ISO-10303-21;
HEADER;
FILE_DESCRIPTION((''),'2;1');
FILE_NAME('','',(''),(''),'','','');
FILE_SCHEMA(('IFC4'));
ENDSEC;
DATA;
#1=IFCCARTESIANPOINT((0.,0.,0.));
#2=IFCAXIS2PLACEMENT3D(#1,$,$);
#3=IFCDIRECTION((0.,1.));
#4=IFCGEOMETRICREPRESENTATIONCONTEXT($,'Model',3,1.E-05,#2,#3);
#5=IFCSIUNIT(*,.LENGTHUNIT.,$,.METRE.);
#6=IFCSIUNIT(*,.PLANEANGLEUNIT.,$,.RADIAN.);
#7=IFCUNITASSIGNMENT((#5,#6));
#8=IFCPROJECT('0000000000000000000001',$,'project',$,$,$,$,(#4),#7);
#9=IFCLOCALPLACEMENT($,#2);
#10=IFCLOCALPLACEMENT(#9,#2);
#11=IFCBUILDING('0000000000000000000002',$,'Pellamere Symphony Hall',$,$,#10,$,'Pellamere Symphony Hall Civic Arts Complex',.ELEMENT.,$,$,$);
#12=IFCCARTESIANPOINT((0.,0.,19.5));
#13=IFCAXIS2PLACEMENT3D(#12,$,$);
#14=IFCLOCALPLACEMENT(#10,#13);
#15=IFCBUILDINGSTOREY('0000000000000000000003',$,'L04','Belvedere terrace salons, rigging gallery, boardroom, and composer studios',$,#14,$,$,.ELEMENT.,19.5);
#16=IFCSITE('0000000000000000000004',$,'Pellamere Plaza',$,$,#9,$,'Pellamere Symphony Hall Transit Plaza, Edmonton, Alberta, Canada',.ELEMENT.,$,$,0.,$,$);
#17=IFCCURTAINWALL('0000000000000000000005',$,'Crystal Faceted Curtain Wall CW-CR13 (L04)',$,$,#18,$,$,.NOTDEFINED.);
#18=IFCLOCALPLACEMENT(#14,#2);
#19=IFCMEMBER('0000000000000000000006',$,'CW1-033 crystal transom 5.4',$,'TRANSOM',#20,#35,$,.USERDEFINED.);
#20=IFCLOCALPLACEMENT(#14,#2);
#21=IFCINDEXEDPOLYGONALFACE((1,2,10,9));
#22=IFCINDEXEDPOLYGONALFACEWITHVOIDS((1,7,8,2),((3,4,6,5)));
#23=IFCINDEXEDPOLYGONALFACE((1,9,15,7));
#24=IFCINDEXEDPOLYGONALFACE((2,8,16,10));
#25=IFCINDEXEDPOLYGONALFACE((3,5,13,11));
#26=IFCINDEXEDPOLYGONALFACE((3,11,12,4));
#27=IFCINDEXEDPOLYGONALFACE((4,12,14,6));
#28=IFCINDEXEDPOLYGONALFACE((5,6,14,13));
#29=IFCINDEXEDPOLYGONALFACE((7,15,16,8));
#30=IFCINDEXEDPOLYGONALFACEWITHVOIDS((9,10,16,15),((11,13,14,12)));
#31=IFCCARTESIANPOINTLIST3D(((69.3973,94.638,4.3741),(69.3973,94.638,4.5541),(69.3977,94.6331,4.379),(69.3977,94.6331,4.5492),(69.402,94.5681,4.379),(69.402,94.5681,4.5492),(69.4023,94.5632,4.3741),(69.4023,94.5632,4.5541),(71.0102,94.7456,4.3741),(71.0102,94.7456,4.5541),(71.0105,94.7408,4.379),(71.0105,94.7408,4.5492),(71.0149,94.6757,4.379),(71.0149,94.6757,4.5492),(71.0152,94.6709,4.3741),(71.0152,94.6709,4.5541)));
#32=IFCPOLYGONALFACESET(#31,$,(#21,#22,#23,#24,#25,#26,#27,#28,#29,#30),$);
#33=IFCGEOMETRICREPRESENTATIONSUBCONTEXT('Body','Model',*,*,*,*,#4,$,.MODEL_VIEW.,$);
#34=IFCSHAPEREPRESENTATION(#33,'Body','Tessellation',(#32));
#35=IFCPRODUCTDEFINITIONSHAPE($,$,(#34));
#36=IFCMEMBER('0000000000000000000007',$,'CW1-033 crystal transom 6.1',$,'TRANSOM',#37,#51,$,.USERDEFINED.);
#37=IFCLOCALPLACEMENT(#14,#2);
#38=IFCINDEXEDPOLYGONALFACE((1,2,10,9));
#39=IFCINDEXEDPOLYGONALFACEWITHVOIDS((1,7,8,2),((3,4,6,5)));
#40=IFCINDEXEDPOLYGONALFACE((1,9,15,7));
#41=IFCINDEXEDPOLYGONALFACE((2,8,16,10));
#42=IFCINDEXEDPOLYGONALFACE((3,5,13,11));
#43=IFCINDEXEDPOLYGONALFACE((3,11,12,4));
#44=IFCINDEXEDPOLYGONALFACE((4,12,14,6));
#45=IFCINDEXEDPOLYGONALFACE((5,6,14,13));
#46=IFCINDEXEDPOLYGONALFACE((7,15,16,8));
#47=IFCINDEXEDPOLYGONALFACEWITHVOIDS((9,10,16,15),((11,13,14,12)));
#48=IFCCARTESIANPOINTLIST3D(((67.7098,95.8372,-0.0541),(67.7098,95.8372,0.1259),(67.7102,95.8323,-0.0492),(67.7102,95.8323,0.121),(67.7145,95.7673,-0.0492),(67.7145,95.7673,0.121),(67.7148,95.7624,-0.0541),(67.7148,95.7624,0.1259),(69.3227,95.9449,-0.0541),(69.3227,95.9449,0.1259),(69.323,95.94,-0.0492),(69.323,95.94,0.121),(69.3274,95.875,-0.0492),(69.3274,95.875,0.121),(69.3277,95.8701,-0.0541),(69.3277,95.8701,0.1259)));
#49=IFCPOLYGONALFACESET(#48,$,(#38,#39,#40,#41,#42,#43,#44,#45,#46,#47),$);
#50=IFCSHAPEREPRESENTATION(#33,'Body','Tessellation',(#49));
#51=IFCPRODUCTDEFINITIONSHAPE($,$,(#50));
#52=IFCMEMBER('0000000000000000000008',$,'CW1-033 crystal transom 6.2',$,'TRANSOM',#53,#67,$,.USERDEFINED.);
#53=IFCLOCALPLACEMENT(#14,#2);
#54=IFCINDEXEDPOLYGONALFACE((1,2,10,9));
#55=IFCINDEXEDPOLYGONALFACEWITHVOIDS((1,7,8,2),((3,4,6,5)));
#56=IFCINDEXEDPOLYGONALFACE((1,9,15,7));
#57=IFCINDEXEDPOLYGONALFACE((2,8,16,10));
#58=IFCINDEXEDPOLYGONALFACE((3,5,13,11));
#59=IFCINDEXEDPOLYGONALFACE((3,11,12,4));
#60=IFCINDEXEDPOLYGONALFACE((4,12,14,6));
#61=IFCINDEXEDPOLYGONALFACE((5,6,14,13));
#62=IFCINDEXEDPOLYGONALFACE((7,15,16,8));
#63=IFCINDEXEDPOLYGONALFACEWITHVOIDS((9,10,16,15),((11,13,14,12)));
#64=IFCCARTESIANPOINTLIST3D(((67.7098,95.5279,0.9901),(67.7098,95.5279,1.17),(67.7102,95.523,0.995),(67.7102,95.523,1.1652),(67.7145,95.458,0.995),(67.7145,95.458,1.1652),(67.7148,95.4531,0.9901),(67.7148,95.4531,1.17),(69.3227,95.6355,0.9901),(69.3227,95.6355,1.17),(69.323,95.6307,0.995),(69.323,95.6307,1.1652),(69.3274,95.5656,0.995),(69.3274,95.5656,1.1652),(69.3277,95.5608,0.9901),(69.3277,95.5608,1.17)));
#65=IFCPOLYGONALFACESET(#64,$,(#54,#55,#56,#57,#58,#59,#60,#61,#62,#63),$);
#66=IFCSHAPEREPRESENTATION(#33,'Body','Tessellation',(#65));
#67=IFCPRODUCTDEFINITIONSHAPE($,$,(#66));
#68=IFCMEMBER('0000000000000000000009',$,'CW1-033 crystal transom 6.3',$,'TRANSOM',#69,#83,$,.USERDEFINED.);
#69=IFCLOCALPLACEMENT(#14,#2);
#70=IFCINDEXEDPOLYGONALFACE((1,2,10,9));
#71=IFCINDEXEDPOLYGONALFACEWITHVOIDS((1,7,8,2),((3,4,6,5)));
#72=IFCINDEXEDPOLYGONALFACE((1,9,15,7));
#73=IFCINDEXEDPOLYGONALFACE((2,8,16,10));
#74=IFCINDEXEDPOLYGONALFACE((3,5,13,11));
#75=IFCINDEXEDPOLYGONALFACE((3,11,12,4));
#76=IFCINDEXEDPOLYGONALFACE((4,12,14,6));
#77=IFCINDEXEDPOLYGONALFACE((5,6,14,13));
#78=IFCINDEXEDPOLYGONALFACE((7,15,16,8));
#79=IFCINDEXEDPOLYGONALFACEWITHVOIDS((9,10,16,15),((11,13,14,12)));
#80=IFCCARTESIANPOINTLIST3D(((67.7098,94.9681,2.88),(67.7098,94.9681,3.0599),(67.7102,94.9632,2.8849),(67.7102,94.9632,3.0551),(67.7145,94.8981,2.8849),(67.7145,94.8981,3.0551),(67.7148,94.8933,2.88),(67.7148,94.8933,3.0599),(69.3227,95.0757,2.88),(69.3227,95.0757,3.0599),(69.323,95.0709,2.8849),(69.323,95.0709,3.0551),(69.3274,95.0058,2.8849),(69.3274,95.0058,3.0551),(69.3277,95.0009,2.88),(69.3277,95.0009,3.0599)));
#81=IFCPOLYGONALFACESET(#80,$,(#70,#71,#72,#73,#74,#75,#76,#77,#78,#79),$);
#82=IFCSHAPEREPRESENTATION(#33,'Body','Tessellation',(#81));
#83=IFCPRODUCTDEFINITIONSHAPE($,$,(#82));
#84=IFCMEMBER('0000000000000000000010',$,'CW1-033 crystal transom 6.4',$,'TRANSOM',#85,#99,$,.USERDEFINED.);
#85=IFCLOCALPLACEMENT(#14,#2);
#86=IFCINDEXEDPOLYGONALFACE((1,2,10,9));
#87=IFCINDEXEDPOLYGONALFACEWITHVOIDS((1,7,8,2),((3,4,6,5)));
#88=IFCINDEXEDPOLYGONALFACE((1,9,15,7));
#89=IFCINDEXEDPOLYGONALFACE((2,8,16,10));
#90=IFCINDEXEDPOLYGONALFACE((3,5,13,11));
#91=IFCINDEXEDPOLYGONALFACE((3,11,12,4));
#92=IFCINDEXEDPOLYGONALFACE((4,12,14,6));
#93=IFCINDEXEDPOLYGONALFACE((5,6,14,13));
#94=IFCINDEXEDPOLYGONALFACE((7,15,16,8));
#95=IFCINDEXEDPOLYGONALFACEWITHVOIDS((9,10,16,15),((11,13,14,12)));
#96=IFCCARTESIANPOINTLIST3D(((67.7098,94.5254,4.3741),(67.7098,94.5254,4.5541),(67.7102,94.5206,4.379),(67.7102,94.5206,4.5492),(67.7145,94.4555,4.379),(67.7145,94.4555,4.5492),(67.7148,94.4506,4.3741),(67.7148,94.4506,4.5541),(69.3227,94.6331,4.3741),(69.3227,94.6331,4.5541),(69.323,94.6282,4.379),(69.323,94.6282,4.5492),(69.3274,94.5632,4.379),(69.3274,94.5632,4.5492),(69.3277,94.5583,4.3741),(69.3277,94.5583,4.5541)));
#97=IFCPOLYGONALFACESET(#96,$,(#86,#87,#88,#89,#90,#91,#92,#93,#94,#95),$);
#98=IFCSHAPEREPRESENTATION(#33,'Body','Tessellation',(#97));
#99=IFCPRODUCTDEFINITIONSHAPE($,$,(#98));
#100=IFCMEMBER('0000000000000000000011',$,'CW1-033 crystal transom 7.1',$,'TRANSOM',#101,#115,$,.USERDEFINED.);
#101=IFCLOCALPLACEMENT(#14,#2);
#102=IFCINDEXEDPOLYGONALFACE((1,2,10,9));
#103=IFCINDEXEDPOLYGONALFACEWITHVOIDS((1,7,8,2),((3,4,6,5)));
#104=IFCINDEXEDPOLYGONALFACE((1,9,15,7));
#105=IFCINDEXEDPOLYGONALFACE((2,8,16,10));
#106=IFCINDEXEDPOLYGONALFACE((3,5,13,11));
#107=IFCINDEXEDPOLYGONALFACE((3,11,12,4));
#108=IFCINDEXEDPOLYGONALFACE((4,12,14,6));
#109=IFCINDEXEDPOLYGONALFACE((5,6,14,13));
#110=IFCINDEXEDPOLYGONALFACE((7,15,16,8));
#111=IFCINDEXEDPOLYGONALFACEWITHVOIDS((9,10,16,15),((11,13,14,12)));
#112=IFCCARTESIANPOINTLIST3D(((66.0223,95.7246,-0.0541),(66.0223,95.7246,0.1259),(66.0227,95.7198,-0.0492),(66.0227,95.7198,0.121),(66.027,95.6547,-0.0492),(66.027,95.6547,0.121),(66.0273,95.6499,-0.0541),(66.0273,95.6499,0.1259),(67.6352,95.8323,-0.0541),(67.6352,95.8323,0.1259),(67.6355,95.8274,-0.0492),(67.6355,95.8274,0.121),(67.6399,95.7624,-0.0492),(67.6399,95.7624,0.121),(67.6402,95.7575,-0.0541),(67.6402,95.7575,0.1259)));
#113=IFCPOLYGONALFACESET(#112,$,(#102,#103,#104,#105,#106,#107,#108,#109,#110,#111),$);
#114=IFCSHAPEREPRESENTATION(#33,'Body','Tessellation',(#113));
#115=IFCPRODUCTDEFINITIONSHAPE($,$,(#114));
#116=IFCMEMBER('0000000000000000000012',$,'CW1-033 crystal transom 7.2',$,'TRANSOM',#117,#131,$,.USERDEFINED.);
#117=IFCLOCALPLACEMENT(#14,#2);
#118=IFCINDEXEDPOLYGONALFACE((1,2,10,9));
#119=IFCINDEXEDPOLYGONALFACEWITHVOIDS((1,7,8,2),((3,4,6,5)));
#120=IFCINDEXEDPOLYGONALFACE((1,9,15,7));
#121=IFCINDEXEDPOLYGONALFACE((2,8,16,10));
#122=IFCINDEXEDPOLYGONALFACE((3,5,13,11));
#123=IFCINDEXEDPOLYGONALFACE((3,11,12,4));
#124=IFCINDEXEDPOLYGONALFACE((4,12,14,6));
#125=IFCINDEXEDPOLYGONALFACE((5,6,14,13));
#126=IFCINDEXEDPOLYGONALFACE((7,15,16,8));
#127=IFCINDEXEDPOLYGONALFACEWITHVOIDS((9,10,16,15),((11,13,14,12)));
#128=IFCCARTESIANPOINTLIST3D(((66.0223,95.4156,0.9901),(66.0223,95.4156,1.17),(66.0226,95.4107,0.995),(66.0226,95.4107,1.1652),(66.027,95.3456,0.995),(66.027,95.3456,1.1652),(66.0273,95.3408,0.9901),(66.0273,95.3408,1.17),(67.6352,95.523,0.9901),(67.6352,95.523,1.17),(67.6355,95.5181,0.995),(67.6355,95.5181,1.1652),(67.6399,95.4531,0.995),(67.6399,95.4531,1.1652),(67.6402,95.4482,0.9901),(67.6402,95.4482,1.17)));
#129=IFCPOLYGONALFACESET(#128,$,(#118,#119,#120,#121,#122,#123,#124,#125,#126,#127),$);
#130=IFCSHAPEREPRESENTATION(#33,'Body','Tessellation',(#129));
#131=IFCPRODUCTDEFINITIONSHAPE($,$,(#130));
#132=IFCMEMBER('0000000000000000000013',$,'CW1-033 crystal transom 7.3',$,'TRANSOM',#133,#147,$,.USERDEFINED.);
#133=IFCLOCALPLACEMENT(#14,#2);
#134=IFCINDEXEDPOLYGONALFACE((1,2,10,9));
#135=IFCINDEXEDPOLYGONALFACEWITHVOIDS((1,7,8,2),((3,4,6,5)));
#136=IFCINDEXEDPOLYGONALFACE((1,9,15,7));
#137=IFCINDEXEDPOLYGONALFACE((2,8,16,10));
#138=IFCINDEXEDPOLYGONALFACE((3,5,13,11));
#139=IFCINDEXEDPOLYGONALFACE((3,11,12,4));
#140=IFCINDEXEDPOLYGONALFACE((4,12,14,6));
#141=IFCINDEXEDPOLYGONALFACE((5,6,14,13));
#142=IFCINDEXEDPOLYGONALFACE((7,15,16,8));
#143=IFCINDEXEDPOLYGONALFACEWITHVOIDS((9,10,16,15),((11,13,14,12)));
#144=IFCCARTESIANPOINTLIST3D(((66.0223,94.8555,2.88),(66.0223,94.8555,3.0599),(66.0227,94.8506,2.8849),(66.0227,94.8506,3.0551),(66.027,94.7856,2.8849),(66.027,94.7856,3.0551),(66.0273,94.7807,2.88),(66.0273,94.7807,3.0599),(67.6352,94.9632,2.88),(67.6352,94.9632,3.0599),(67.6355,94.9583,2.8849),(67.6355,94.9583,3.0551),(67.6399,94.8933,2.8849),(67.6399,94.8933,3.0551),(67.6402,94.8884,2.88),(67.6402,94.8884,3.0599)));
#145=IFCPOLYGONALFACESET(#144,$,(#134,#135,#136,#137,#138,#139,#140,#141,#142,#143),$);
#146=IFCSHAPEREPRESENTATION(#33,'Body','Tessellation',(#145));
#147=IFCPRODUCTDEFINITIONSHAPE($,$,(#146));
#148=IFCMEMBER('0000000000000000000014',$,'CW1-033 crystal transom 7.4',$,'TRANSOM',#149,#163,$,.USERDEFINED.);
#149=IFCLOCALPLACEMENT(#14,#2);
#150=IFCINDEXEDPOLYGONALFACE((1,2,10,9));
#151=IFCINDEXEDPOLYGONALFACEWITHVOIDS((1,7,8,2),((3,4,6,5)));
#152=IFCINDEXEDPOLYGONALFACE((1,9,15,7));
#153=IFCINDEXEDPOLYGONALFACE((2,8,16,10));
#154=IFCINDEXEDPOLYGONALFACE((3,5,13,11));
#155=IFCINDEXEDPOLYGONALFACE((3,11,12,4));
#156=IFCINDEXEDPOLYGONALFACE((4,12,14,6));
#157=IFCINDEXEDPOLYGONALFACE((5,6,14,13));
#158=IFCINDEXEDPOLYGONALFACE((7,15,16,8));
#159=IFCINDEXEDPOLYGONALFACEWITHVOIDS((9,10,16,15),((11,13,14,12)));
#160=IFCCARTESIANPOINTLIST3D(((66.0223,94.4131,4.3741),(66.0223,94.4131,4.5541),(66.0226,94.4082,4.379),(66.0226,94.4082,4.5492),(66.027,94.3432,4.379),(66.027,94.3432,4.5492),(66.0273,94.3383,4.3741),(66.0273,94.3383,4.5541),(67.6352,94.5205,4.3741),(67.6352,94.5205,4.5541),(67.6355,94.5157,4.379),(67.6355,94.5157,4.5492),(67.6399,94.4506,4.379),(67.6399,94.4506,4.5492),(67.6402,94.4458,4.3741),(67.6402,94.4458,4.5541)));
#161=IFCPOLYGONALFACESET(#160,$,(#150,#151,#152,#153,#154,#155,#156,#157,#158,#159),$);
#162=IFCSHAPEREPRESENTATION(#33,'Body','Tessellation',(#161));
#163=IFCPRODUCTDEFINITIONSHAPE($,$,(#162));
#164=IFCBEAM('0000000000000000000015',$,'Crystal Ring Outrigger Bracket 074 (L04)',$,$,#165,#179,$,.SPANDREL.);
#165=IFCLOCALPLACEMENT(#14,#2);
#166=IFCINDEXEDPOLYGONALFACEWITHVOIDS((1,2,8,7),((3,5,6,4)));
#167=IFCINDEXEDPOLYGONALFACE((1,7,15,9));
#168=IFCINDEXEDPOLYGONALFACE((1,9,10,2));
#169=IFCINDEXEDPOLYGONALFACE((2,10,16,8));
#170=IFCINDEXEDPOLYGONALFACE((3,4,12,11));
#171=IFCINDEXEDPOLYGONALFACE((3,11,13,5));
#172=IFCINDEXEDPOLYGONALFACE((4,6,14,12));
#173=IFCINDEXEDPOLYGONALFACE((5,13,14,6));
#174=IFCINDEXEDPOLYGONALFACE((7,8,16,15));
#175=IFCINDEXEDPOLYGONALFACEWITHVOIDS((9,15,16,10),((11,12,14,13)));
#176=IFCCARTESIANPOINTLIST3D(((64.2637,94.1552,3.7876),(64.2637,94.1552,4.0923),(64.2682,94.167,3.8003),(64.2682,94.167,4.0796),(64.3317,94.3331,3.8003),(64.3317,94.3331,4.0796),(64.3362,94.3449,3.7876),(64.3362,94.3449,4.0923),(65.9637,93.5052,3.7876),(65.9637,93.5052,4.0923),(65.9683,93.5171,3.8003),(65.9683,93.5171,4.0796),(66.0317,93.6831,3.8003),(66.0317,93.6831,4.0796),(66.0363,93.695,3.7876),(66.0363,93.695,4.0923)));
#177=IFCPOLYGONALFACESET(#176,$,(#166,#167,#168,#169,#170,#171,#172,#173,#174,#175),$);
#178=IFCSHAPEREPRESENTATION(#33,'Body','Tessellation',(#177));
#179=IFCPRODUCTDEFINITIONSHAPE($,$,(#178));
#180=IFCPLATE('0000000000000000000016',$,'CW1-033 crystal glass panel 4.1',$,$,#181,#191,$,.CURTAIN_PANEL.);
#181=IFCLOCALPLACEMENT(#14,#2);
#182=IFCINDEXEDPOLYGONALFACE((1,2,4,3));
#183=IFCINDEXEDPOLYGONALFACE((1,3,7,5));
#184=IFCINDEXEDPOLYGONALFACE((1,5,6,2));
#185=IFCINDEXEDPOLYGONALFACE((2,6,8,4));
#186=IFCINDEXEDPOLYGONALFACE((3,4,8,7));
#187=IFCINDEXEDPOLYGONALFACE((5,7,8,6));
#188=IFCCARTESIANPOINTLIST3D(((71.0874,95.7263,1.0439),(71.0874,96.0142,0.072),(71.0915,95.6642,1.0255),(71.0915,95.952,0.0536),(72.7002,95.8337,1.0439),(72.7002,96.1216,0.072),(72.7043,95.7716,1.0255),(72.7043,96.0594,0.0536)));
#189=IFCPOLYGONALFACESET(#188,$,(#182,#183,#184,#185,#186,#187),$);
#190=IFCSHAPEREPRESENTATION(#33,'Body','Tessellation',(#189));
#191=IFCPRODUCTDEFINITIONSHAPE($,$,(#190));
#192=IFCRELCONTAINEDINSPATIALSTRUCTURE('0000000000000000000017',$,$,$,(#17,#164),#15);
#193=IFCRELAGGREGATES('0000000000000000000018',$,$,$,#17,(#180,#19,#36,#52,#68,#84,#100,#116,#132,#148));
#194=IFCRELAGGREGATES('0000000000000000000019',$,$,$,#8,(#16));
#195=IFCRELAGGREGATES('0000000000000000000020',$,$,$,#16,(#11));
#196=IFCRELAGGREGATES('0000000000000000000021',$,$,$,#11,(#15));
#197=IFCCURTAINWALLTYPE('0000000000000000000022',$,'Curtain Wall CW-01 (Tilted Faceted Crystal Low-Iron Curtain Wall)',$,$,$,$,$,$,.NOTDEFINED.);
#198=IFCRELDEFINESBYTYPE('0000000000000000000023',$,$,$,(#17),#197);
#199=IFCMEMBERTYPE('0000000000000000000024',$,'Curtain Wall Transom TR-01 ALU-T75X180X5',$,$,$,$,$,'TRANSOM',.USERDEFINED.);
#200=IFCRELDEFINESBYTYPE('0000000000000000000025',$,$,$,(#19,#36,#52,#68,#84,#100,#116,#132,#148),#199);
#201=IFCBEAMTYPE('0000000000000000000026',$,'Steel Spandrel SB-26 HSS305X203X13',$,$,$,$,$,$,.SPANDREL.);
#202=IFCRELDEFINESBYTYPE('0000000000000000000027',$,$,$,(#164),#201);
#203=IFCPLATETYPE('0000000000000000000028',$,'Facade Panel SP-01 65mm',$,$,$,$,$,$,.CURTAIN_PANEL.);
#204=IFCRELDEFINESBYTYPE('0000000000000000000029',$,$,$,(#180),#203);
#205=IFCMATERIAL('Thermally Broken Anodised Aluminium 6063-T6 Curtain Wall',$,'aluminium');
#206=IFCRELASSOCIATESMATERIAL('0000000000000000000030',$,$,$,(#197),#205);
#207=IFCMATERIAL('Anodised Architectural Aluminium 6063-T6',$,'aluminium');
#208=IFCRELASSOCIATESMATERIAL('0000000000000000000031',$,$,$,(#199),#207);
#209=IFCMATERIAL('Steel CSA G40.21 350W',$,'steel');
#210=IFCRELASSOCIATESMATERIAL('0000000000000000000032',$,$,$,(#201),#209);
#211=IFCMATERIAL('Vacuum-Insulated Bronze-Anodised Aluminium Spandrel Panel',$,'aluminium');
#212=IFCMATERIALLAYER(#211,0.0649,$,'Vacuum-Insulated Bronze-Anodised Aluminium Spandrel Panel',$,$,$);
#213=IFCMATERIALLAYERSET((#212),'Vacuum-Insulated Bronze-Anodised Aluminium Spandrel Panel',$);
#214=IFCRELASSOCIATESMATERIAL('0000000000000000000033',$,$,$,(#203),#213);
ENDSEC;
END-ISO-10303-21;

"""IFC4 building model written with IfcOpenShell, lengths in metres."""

from ifc_helpers import new_model, si_unit, direction, frame, origin, origin_2d, place, context, subcontext, project, spatial, polyline, hollow_rectangle, outline, extrude, material, layer, layer_set, material_profile, profile_set, type_object, element, aggregate, save


model = new_model("IFC4")

# Units and contexts
model_context = context("Model", 3, precision=1e-05, world=origin(), true_north=direction((0.0, 1.0)))
body_context = subcontext(model_context, "Body", "Model", "MODEL_VIEW")
ifc_project = project(units=[si_unit("LENGTHUNIT", "METRE"), si_unit("PLANEANGLEUNIT", "RADIAN")], contexts=[model_context])

# Site, building, storey
site_placement = place(None, origin())
site = spatial("IfcSite", under=ifc_project, at=site_placement, Name="Pellamere Plaza", LongName="Pellamere Symphony Hall Transit Plaza, Edmonton, Alberta, Canada", CompositionType="ELEMENT", RefElevation=0.0)
building_placement = place(site_placement, origin())
building = spatial("IfcBuilding", under=site, at=building_placement, Name="Pellamere Symphony Hall", LongName="Pellamere Symphony Hall Civic Arts Complex", CompositionType="ELEMENT")
storey_placement = place(building_placement, frame((0.0, 0.0, 19.5)))
storey = spatial("IfcBuildingStorey", under=building, at=storey_placement, Name="L04", Description="Belvedere terrace salons, rigging gallery, boardroom, and composer studios", CompositionType="ELEMENT", Elevation=19.5)

# Curtain wall, members
ifc_material_1 = material(Name="Thermally Broken Anodised Aluminium 6063-T6 Curtain Wall", Category="aluminium")
curtain_wall_type = type_object("IfcCurtainWallType", Name="Curtain Wall CW-01 (Tilted Faceted Crystal Low-Iron Curtain Wall)", PredefinedType="NOTDEFINED", material=ifc_material_1)
curtain_wall_placement = place(storey_placement, origin())
curtain_wall = element("IfcCurtainWall", 1, at=curtain_wall_placement, inside=storey, type_object=curtain_wall_type, Name="Crystal Faceted Curtain Wall CW-CR13 (L04)", PredefinedType="NOTDEFINED")
ifc_material_2 = material(Name="Anodised Architectural Aluminium 6063-T6", Category="aluminium")
ifc_material_profile_1 = material_profile(ifc_material_2, hollow_rectangle(XDim=0.075, YDim=0.1799, WallThickness=0.0049, at=origin_2d()), Name="ALU-T75X180X5")
ifc_profile_set_1 = profile_set([ifc_material_profile_1], Name="Anodised Architectural Aluminium 6063-T6")
member_type_1 = type_object("IfcMemberType", Name="Curtain Wall Transom TR-01 ALU-T75X180X5", ElementType="TRANSOM", PredefinedType="USERDEFINED", material=ifc_profile_set_1)
member_1_placement = place(storey_placement, frame((71.0127, 94.7083, 4.4641), z_axis=(-0.997779, -0.066609, 0.0), x_axis=(0.066609, -0.997779, 0.0)))
member_1 = element("IfcMember", 2, at=member_1_placement, type_object=member_type_1, Name="CW1-033 crystal transom 5.4", ObjectType="TRANSOM", PredefinedType="USERDEFINED", context=body_context, shape_type="SweptSolid", body=[
    extrude(hollow_rectangle(XDim=0.075, YDim=0.1799, WallThickness=0.0049, at=origin_2d()), origin(), (0.0, 0.0, 1.0), 1.6165),
])
member_2_placement = place(storey_placement, frame((69.3252, 95.9075, 0.0359), z_axis=(-0.997779, -0.066609, 0.0), x_axis=(0.066609, -0.997779, 0.0)))
member_2 = element("IfcMember", 3, at=member_2_placement, type_object=member_type_1, Name="CW1-033 crystal transom 6.1", ObjectType="TRANSOM", PredefinedType="USERDEFINED", context=body_context, shape_type="SweptSolid", body=[
    extrude(hollow_rectangle(XDim=0.075, YDim=0.1799, WallThickness=0.0049, at=origin_2d()), origin(), (0.0, 0.0, 1.0), 1.6165),
])
member_3_placement = place(storey_placement, frame((69.3252, 95.5981, 1.0801), z_axis=(-0.997779, -0.066609, 0.0), x_axis=(0.066609, -0.997779, 0.0)))
member_3 = element("IfcMember", 4, at=member_3_placement, type_object=member_type_1, Name="CW1-033 crystal transom 6.2", ObjectType="TRANSOM", PredefinedType="USERDEFINED", context=body_context, shape_type="SweptSolid", body=[
    extrude(hollow_rectangle(XDim=0.075, YDim=0.1799, WallThickness=0.0049, at=origin_2d()), origin(), (0.0, 0.0, 1.0), 1.6165),
])
member_4_placement = place(storey_placement, frame((69.3252, 95.0383, 2.97), z_axis=(-0.997779, -0.066609, 0.0), x_axis=(0.066609, -0.997779, 0.0)))
member_4 = element("IfcMember", 5, at=member_4_placement, type_object=member_type_1, Name="CW1-033 crystal transom 6.3", ObjectType="TRANSOM", PredefinedType="USERDEFINED", context=body_context, shape_type="SweptSolid", body=[
    extrude(hollow_rectangle(XDim=0.075, YDim=0.1799, WallThickness=0.0049, at=origin_2d()), origin(), (0.0, 0.0, 1.0), 1.6165),
])
member_5_placement = place(storey_placement, frame((69.3252, 94.5957, 4.4641), z_axis=(-0.997779, -0.066609, 0.0), x_axis=(0.066609, -0.997779, 0.0)))
member_5 = element("IfcMember", 6, at=member_5_placement, type_object=member_type_1, Name="CW1-033 crystal transom 6.4", ObjectType="TRANSOM", PredefinedType="USERDEFINED", context=body_context, shape_type="SweptSolid", body=[
    extrude(hollow_rectangle(XDim=0.075, YDim=0.1799, WallThickness=0.0049, at=origin_2d()), origin(), (0.0, 0.0, 1.0), 1.6165),
])
member_6_placement = place(storey_placement, frame((67.6377, 95.7949, 0.0359), z_axis=(-0.997779, -0.066609, 0.0), x_axis=(0.066609, -0.997779, 0.0)))
member_6 = element("IfcMember", 7, at=member_6_placement, type_object=member_type_1, Name="CW1-033 crystal transom 7.1", ObjectType="TRANSOM", PredefinedType="USERDEFINED", context=body_context, shape_type="SweptSolid", body=[
    extrude(hollow_rectangle(XDim=0.075, YDim=0.1799, WallThickness=0.0049, at=origin_2d()), origin(), (0.0, 0.0, 1.0), 1.6165),
])
member_7_placement = place(storey_placement, frame((67.6377, 95.4856, 1.0801), z_axis=(-0.997789, -0.066459, 0.0), x_axis=(0.066459, -0.997789, 0.0)))
member_7 = element("IfcMember", 8, at=member_7_placement, type_object=member_type_1, Name="CW1-033 crystal transom 7.2", ObjectType="TRANSOM", PredefinedType="USERDEFINED", context=body_context, shape_type="SweptSolid", body=[
    extrude(hollow_rectangle(XDim=0.075, YDim=0.1799, WallThickness=0.0049, at=origin_2d()), origin(), (0.0, 0.0, 1.0), 1.6165),
])
member_8_placement = place(storey_placement, frame((67.6377, 94.9258, 2.97), z_axis=(-0.997779, -0.066609, 0.0), x_axis=(0.066609, -0.997779, 0.0)))
member_8 = element("IfcMember", 9, at=member_8_placement, type_object=member_type_1, Name="CW1-033 crystal transom 7.3", ObjectType="TRANSOM", PredefinedType="USERDEFINED", context=body_context, shape_type="SweptSolid", body=[
    extrude(hollow_rectangle(XDim=0.075, YDim=0.1799, WallThickness=0.0049, at=origin_2d()), origin(), (0.0, 0.0, 1.0), 1.6165),
])
member_9_placement = place(storey_placement, frame((67.6377, 94.4832, 4.4641), z_axis=(-0.997789, -0.066459, 0.0), x_axis=(0.066459, -0.997789, 0.0)))
member_9 = element("IfcMember", 10, at=member_9_placement, type_object=member_type_1, Name="CW1-033 crystal transom 7.4", ObjectType="TRANSOM", PredefinedType="USERDEFINED", context=body_context, shape_type="SweptSolid", body=[
    extrude(hollow_rectangle(XDim=0.075, YDim=0.1799, WallThickness=0.0049, at=origin_2d()), origin(), (0.0, 0.0, 1.0), 1.6165),
])

# Beam
ifc_material_3 = material(Name="Steel CSA G40.21 350W", Category="steel")
ifc_material_profile_2 = material_profile(ifc_material_3, hollow_rectangle(XDim=0.2031, YDim=0.3047, WallThickness=0.0127, at=origin_2d()), Name="HSS305X203X13")
ifc_profile_set_2 = profile_set([ifc_material_profile_2], Name="Steel CSA G40.21 350W")
beam_type = type_object("IfcBeamType", Name="Steel Spandrel SB-26 HSS305X203X13", PredefinedType="SPANDREL", material=ifc_profile_set_2)
beam_placement = place(storey_placement, frame((66.0, 93.6001, 3.9399), z_axis=(-0.934066, 0.3571, 0.0), x_axis=(-0.3571, -0.934066, 0.0)))
element("IfcBeam", 11, at=beam_placement, inside=storey, type_object=beam_type, Name="Crystal Ring Outrigger Bracket 074 (L04)", PredefinedType="SPANDREL", context=body_context, shape_type="SweptSolid", body=[
    extrude(hollow_rectangle(XDim=0.2031, YDim=0.3047, WallThickness=0.0127, at=origin_2d()), origin(), (0.0, 0.0, 1.0), 1.8201),
])

# Plate
ifc_material_4 = material(Name="Vacuum-Insulated Bronze-Anodised Aluminium Spandrel Panel", Category="aluminium")
ifc_layer_1 = layer(ifc_material_4, 0.0649, Name="Vacuum-Insulated Bronze-Anodised Aluminium Spandrel Panel")
ifc_layer_set_1 = layer_set([ifc_layer_1], Name="Vacuum-Insulated Bronze-Anodised Aluminium Spandrel Panel")
plate_type_1 = type_object("IfcPlateType", Name="Facade Panel SP-01 65mm", PredefinedType="CURTAIN_PANEL", material=ifc_layer_set_1)
plate_1_placement = place(storey_placement, frame((72.7002, 96.1216, 0.072), z_axis=(-0.063734, 0.956885, 0.283388), x_axis=(-0.997789, -0.066459, 0.0)))
plate_1 = element("IfcPlate", 12, at=plate_1_placement, type_object=plate_type_1, Name="CW1-033 crystal glass panel 4.1", PredefinedType="CURTAIN_PANEL", context=body_context, shape_type="SweptSolid", body=[
    extrude(outline(polyline([(0.0, 0.0), (1.6164, 0.0), (1.6355, 1.0135), (0.0191, 1.0135), (0.0, 0.0)])), origin(), (0.0, 0.0, -1.0), 0.0649),
])
aggregate(curtain_wall, [plate_1, member_1, member_2, member_3, member_4, member_5, member_6, member_7, member_8, member_9])

save(model, "model.ifc")
